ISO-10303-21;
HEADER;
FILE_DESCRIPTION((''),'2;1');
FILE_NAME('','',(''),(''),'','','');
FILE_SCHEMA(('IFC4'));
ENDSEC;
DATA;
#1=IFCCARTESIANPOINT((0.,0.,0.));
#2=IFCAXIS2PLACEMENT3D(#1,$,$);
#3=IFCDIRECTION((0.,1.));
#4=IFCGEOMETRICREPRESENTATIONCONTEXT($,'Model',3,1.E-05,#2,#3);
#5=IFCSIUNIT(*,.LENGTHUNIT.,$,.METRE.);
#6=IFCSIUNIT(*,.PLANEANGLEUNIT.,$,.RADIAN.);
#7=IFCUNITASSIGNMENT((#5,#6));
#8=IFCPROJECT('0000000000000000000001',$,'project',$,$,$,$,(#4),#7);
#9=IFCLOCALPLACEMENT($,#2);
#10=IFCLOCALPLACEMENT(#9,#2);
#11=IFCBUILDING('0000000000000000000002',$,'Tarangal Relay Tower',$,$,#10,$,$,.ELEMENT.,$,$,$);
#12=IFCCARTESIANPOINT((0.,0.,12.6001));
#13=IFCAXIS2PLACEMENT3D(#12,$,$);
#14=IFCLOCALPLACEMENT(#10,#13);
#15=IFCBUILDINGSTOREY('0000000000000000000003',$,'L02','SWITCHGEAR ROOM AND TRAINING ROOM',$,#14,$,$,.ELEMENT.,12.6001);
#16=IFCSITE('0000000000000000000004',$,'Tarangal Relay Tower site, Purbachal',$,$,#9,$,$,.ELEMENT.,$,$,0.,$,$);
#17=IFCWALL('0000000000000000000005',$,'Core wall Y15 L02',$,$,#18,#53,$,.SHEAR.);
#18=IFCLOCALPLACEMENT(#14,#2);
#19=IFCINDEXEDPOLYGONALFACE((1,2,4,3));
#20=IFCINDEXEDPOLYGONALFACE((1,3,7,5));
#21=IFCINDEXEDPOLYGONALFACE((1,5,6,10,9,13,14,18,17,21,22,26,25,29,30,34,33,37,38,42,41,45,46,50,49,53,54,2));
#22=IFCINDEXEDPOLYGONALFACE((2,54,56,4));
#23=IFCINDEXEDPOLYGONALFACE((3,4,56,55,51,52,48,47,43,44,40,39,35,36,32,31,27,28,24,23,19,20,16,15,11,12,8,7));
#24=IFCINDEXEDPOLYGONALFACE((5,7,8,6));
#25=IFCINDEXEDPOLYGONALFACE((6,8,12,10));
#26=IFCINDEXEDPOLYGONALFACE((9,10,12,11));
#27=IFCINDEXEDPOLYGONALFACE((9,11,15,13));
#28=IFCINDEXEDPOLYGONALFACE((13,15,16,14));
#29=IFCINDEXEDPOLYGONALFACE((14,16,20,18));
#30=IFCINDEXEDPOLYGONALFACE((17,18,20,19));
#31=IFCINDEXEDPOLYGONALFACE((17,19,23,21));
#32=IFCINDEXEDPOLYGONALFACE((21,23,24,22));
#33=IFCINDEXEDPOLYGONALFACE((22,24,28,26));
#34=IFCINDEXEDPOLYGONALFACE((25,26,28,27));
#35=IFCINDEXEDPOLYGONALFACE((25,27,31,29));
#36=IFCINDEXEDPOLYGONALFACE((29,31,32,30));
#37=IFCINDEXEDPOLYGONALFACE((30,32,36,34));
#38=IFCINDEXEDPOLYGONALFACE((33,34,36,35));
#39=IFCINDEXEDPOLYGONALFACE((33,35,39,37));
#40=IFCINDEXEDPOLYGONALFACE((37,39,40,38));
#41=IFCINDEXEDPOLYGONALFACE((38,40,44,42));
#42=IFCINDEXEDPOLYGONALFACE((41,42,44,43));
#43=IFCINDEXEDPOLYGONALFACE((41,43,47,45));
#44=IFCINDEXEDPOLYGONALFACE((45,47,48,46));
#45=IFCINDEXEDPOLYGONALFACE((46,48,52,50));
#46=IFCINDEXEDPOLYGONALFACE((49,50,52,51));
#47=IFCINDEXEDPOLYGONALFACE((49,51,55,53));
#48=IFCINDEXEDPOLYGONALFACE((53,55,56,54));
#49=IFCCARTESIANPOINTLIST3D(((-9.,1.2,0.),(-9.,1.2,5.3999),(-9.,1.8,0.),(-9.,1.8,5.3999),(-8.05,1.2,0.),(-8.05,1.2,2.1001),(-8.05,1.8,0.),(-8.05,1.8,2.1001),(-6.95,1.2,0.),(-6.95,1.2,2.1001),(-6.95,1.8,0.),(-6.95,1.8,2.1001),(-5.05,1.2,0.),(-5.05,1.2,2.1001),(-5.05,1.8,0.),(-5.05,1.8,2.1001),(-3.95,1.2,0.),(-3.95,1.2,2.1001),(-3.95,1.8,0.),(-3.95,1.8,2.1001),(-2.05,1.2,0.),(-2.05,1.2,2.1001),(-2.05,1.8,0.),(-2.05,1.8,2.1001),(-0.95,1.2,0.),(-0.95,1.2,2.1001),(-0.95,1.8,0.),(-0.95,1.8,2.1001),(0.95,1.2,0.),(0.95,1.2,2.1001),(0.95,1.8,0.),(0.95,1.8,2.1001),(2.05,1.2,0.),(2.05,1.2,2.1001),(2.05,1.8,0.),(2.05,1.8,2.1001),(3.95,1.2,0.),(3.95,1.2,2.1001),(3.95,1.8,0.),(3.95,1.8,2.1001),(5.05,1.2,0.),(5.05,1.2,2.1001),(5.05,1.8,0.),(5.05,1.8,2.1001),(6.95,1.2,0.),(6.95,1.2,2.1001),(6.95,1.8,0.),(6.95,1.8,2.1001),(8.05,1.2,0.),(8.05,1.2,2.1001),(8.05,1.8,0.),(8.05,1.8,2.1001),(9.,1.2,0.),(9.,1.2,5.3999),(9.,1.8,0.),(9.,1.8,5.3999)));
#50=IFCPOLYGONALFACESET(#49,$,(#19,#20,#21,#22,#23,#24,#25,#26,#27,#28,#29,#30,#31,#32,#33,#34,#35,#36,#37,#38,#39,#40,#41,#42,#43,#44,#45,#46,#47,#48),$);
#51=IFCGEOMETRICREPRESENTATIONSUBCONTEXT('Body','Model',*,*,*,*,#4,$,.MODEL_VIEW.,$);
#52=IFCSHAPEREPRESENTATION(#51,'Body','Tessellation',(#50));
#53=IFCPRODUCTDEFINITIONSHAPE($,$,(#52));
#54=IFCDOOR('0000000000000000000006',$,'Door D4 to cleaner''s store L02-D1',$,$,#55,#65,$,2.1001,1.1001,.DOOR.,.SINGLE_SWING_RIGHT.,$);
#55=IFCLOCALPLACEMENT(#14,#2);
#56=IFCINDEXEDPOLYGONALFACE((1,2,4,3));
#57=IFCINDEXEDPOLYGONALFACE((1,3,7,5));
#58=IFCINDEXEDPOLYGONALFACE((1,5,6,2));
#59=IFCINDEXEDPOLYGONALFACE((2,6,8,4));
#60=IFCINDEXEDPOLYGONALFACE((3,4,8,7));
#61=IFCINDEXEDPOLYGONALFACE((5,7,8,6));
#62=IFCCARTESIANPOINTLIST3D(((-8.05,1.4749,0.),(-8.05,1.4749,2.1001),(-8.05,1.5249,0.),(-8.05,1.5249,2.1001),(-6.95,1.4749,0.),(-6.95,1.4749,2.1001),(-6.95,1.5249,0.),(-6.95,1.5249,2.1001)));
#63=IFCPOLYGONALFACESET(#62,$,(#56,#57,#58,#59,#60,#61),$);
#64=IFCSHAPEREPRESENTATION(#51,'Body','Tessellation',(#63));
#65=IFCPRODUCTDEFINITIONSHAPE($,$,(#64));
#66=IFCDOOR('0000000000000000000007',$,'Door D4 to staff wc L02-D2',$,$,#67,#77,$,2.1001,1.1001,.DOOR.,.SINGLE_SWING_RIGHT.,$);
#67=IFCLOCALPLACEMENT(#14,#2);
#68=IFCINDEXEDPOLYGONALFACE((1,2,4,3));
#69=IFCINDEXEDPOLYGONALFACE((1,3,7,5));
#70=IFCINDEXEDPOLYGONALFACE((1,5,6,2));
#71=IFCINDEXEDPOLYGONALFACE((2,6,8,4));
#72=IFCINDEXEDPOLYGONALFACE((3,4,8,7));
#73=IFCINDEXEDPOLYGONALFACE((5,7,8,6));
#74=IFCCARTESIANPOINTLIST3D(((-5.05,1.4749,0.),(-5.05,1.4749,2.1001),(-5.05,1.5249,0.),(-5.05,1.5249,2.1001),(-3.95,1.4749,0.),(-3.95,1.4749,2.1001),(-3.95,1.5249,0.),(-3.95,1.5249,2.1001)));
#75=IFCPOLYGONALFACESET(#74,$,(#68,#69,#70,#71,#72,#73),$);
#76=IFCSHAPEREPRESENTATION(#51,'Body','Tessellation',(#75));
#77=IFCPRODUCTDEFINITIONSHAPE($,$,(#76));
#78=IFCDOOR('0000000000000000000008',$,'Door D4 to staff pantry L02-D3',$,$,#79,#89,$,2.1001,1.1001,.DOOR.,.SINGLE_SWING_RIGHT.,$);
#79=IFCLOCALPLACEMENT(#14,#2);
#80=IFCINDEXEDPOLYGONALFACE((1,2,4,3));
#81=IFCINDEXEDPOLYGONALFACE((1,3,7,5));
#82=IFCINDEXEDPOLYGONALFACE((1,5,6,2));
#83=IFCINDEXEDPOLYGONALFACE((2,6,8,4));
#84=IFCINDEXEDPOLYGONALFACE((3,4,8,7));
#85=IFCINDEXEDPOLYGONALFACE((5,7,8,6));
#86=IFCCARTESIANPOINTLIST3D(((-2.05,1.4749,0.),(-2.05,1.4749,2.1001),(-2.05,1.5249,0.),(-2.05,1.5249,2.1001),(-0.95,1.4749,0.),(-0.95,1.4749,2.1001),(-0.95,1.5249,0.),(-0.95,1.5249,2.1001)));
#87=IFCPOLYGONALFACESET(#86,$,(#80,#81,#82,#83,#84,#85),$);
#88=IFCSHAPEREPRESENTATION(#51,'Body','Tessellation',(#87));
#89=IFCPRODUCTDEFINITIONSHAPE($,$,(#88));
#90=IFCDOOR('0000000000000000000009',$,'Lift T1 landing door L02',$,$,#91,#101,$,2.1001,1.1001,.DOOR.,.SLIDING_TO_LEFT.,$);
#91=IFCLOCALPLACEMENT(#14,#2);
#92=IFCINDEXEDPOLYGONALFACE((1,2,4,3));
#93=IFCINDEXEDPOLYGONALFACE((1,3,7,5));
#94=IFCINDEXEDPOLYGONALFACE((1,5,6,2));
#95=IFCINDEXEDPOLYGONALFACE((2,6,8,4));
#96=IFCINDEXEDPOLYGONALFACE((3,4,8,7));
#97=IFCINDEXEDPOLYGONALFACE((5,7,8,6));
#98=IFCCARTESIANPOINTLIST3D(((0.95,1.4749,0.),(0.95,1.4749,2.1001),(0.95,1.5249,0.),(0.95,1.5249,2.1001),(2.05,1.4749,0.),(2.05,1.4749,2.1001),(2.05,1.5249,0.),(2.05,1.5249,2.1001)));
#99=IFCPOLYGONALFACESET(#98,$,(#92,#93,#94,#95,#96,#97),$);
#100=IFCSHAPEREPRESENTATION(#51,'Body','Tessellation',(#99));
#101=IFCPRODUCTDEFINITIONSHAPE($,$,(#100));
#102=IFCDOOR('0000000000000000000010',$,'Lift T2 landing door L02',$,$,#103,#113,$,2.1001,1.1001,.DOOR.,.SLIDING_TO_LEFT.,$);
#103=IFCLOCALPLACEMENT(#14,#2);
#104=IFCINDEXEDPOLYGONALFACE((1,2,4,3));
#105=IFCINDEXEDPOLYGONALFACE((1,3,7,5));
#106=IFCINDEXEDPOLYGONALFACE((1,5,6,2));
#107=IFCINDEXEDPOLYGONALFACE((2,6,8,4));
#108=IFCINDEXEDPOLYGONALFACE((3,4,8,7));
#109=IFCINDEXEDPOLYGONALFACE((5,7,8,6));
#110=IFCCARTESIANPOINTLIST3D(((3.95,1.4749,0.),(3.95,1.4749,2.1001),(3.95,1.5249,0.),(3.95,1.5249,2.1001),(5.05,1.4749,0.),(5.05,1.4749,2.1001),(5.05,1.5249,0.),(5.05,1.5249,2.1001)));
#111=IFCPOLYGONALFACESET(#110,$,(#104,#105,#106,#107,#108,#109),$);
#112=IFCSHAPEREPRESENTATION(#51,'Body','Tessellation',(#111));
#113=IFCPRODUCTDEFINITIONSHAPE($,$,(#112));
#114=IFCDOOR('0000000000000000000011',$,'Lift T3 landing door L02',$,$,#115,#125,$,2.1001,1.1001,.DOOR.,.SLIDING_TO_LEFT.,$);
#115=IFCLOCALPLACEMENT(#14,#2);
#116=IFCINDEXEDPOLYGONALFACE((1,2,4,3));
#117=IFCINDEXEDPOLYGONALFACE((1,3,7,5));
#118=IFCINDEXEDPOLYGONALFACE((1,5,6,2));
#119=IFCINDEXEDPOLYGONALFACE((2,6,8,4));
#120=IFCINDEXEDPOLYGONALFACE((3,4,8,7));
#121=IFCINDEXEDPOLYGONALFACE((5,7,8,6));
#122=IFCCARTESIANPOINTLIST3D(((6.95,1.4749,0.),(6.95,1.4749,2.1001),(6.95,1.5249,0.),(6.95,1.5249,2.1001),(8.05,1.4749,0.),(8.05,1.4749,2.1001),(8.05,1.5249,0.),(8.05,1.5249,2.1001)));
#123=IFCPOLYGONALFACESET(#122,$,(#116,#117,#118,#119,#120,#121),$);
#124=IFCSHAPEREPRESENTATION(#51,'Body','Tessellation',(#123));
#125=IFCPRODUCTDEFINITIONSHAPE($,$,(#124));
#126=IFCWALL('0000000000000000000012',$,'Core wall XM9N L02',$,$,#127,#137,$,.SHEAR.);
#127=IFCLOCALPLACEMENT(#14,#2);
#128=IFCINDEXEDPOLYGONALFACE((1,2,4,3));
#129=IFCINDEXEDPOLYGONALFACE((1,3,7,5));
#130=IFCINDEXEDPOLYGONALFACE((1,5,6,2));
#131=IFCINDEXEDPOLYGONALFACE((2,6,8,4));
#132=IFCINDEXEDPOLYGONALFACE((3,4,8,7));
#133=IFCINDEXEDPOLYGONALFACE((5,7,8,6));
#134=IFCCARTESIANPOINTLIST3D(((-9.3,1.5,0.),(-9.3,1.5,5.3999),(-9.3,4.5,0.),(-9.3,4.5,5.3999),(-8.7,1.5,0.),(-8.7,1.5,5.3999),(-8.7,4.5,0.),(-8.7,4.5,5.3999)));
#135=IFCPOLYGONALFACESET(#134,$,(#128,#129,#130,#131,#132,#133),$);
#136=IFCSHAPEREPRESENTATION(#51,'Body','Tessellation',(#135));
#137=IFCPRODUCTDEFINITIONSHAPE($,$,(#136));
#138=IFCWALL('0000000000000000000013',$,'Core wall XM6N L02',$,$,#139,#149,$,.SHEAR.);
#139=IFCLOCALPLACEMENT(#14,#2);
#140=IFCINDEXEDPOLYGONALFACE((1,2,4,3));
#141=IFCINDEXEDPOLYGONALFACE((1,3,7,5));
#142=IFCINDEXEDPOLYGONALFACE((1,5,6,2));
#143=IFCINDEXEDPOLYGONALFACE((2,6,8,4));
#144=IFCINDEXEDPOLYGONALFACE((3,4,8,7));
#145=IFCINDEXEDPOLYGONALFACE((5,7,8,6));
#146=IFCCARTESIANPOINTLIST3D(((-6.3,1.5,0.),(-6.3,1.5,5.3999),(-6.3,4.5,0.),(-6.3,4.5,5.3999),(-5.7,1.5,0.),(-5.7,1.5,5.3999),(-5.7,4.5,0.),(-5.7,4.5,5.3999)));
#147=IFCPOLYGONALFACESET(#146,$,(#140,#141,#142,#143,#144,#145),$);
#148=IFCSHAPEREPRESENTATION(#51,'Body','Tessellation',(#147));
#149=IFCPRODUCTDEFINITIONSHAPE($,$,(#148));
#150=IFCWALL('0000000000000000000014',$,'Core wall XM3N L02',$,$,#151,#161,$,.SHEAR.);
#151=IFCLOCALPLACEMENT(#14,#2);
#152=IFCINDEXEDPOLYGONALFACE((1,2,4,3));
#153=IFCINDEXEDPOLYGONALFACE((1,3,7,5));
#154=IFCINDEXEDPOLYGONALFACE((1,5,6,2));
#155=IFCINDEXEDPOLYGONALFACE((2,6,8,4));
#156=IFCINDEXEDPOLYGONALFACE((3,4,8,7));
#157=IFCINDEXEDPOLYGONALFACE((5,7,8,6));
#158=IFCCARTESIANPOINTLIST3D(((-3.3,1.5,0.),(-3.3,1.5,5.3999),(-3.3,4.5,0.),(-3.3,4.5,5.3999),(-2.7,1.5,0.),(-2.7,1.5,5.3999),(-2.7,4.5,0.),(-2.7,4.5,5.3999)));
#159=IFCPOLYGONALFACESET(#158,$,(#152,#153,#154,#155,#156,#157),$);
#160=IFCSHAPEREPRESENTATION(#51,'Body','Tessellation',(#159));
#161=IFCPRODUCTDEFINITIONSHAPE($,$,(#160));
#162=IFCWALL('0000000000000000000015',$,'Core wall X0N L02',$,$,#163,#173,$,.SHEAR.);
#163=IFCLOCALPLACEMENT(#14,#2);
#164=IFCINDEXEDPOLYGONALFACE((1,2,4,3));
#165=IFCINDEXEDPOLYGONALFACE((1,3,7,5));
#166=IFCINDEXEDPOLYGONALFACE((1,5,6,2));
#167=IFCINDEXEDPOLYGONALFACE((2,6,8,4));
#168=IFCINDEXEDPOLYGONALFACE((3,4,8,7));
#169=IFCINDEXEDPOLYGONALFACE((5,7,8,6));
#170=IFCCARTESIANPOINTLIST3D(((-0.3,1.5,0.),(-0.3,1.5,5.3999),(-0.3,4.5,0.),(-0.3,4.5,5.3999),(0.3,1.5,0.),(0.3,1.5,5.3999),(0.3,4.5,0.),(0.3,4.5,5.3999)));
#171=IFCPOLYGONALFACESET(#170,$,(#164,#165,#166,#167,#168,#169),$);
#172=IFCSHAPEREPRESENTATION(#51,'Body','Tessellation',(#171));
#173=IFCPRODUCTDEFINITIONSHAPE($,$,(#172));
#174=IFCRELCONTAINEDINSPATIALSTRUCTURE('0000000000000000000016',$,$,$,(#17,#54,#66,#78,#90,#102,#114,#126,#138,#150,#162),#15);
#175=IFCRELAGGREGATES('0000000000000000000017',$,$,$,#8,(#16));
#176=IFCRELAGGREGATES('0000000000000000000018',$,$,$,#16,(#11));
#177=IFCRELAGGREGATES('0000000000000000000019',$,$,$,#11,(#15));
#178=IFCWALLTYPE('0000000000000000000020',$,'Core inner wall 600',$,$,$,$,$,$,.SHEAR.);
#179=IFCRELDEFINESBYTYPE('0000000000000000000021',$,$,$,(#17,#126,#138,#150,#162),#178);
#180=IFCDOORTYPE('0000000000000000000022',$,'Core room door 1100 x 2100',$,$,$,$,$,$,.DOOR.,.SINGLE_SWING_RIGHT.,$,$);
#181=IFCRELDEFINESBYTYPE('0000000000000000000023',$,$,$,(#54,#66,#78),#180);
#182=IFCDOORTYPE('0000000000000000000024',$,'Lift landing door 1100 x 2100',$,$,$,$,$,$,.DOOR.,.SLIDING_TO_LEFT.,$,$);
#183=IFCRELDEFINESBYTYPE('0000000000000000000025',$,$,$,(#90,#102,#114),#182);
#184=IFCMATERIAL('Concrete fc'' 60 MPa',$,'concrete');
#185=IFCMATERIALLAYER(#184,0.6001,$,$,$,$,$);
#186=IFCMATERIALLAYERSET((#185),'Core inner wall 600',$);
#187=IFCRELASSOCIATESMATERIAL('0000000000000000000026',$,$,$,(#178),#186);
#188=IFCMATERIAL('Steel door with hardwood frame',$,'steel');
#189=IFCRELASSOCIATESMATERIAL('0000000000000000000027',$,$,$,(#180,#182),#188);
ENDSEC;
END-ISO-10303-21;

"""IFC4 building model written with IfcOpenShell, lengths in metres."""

from ifc_helpers import new_model, si_unit, direction, frame, frame_2d, origin, place, context, subcontext, project, spatial, rectangle, extrude, material, layer, layer_set, type_object, element, fill, save


model = new_model("IFC4")

# Units and contexts
model_context = context("Model", 3, precision=1e-05, world=origin(), true_north=direction((0.0, 1.0)))
body_context = subcontext(model_context, "Body", "Model", "MODEL_VIEW")
ifc_project = project(units=[si_unit("LENGTHUNIT", "METRE"), si_unit("PLANEANGLEUNIT", "RADIAN")], contexts=[model_context])

# Site, building, storey
site_placement = place(None, origin())
site = spatial("IfcSite", under=ifc_project, at=site_placement, Name="Tarangal Relay Tower site, Purbachal", CompositionType="ELEMENT", RefElevation=0.0)
building_placement = place(site_placement, origin())
building = spatial("IfcBuilding", under=site, at=building_placement, Name="Tarangal Relay Tower", CompositionType="ELEMENT")
storey_placement = place(building_placement, frame((0.0, 0.0, 12.6001)))
storey = spatial("IfcBuildingStorey", under=building, at=storey_placement, Name="L02", Description="SWITCHGEAR ROOM AND TRAINING ROOM", CompositionType="ELEMENT", Elevation=12.6001)

# Wall, openings, doors
ifc_material_1 = material(Name="Concrete fc' 60 MPa", Category="concrete")
ifc_layer_1 = layer(ifc_material_1, 0.6001)
ifc_layer_set_1 = layer_set([ifc_layer_1], Name="Core inner wall 600")
wall_type = type_object("IfcWallType", Name="Core inner wall 600", PredefinedType="SHEAR", material=ifc_layer_set_1)
wall_1_placement = place(storey_placement, frame((-9.0, 1.5, 0.0), z_axis=(0.0, 0.0, 1.0), x_axis=(1.0, 0.0, 0.0)))
wall_1 = element("IfcWall", 1, at=wall_1_placement, inside=storey, type_object=wall_type, Name="Core wall Y15 L02", PredefinedType="SHEAR", context=body_context, shape_type="SweptSolid", body=[
    extrude(rectangle(XDim=18.0, YDim=0.6001, at=frame_2d((9.0, 0.0))), origin(), (0.0, 0.0, 1.0), 5.3999),
])
opening_1_placement = place(wall_1_placement, frame((9.95, 0.0, 0.0)))
opening_1 = element("IfcOpeningElement", 2, at=opening_1_placement, cuts=wall_1, PredefinedType="OPENING", context=body_context, shape_type="SweptSolid", body=[
    extrude(rectangle(XDim=1.1001, YDim=2.1001, at=frame_2d((0.55, 1.05))), frame((0.0, 0.3101, 0.0), z_axis=(0.0, -1.0, 0.0), x_axis=(1.0, 0.0, 0.0)), (0.0, 0.0, 1.0), 0.6201),
])
opening_2_placement = place(wall_1_placement, frame((12.95, 0.0, 0.0)))
opening_2 = element("IfcOpeningElement", 3, at=opening_2_placement, cuts=wall_1, PredefinedType="OPENING", context=body_context, shape_type="SweptSolid", body=[
    extrude(rectangle(XDim=1.1001, YDim=2.1001, at=frame_2d((0.55, 1.05))), frame((0.0, 0.3101, 0.0), z_axis=(0.0, -1.0, 0.0), x_axis=(1.0, 0.0, 0.0)), (0.0, 0.0, 1.0), 0.6201),
])
opening_3_placement = place(wall_1_placement, frame((15.95, 0.0, 0.0)))
opening_3 = element("IfcOpeningElement", 4, at=opening_3_placement, cuts=wall_1, PredefinedType="OPENING", context=body_context, shape_type="SweptSolid", body=[
    extrude(rectangle(XDim=1.1001, YDim=2.1001, at=frame_2d((0.55, 1.05))), frame((0.0, 0.3101, 0.0), z_axis=(0.0, -1.0, 0.0), x_axis=(1.0, 0.0, 0.0)), (0.0, 0.0, 1.0), 0.6201),
])
opening_4_placement = place(wall_1_placement, frame((0.95, 0.0, 0.0)))
opening_4 = element("IfcOpeningElement", 5, at=opening_4_placement, cuts=wall_1, PredefinedType="OPENING", context=body_context, shape_type="SweptSolid", body=[
    extrude(rectangle(XDim=1.1001, YDim=2.1001, at=frame_2d((0.55, 1.05))), frame((0.0, 0.3101, 0.0), z_axis=(0.0, -1.0, 0.0), x_axis=(1.0, 0.0, 0.0)), (0.0, 0.0, 1.0), 0.6201),
])
opening_5_placement = place(wall_1_placement, frame((3.95, 0.0, 0.0)))
opening_5 = element("IfcOpeningElement", 6, at=opening_5_placement, cuts=wall_1, PredefinedType="OPENING", context=body_context, shape_type="SweptSolid", body=[
    extrude(rectangle(XDim=1.1001, YDim=2.1001, at=frame_2d((0.55, 1.05))), frame((0.0, 0.3101, 0.0), z_axis=(0.0, -1.0, 0.0), x_axis=(1.0, 0.0, 0.0)), (0.0, 0.0, 1.0), 0.6201),
])
opening_6_placement = place(wall_1_placement, frame((6.95, 0.0, 0.0)))
opening_6 = element("IfcOpeningElement", 7, at=opening_6_placement, cuts=wall_1, PredefinedType="OPENING", context=body_context, shape_type="SweptSolid", body=[
    extrude(rectangle(XDim=1.1001, YDim=2.1001, at=frame_2d((0.55, 1.05))), frame((0.0, 0.3101, 0.0), z_axis=(0.0, -1.0, 0.0), x_axis=(1.0, 0.0, 0.0)), (0.0, 0.0, 1.0), 0.6201),
])
ifc_material_2 = material(Name="Steel door with hardwood frame", Category="steel")
door_type_1 = type_object("IfcDoorType", Name="Core room door 1100 x 2100", OperationType="SINGLE_SWING_RIGHT", PredefinedType="DOOR", material=ifc_material_2)
door_1_placement = place(opening_4_placement, origin())
door_1 = element("IfcDoor", 8, at=door_1_placement, inside=storey, type_object=door_type_1, Name="Door D4 to cleaner's store L02-D1", OperationType="SINGLE_SWING_RIGHT", OverallHeight=2.1001, OverallWidth=1.1001, PredefinedType="DOOR", context=body_context, shape_type="SweptSolid", body=[
    extrude(rectangle(XDim=1.1001, YDim=2.1001, at=frame_2d((0.55, 1.05))), frame((0.0, 0.0249, 0.0), z_axis=(0.0, -1.0, 0.0), x_axis=(1.0, 0.0, 0.0)), (0.0, 0.0, 1.0), 0.05),
])
fill(opening_4, door_1)
door_2_placement = place(opening_5_placement, origin())
door_2 = element("IfcDoor", 9, at=door_2_placement, inside=storey, type_object=door_type_1, Name="Door D4 to staff wc L02-D2", OperationType="SINGLE_SWING_RIGHT", OverallHeight=2.1001, OverallWidth=1.1001, PredefinedType="DOOR", context=body_context, shape_type="SweptSolid", body=[
    extrude(rectangle(XDim=1.1001, YDim=2.1001, at=frame_2d((0.55, 1.05))), frame((0.0, 0.0249, 0.0), z_axis=(0.0, -1.0, 0.0), x_axis=(1.0, 0.0, 0.0)), (0.0, 0.0, 1.0), 0.05),
])
fill(opening_5, door_2)
door_3_placement = place(opening_6_placement, origin())
door_3 = element("IfcDoor", 10, at=door_3_placement, inside=storey, type_object=door_type_1, Name="Door D4 to staff pantry L02-D3", OperationType="SINGLE_SWING_RIGHT", OverallHeight=2.1001, OverallWidth=1.1001, PredefinedType="DOOR", context=body_context, shape_type="SweptSolid", body=[
    extrude(rectangle(XDim=1.1001, YDim=2.1001, at=frame_2d((0.55, 1.05))), frame((0.0, 0.0249, 0.0), z_axis=(0.0, -1.0, 0.0), x_axis=(1.0, 0.0, 0.0)), (0.0, 0.0, 1.0), 0.05),
])
fill(opening_6, door_3)
door_type_2 = type_object("IfcDoorType", Name="Lift landing door 1100 x 2100", OperationType="SLIDING_TO_LEFT", PredefinedType="DOOR", material=ifc_material_2)
door_4_placement = place(opening_1_placement, origin())
door_4 = element("IfcDoor", 11, at=door_4_placement, inside=storey, type_object=door_type_2, Name="Lift T1 landing door L02", OperationType="SLIDING_TO_LEFT", OverallHeight=2.1001, OverallWidth=1.1001, PredefinedType="DOOR", context=body_context, shape_type="SweptSolid", body=[
    extrude(rectangle(XDim=1.1001, YDim=2.1001, at=frame_2d((0.55, 1.05))), frame((0.0, 0.0249, 0.0), z_axis=(0.0, -1.0, 0.0), x_axis=(1.0, 0.0, 0.0)), (0.0, 0.0, 1.0), 0.05),
])
fill(opening_1, door_4)
door_5_placement = place(opening_2_placement, origin())
door_5 = element("IfcDoor", 12, at=door_5_placement, inside=storey, type_object=door_type_2, Name="Lift T2 landing door L02", OperationType="SLIDING_TO_LEFT", OverallHeight=2.1001, OverallWidth=1.1001, PredefinedType="DOOR", context=body_context, shape_type="SweptSolid", body=[
    extrude(rectangle(XDim=1.1001, YDim=2.1001, at=frame_2d((0.55, 1.05))), frame((0.0, 0.0249, 0.0), z_axis=(0.0, -1.0, 0.0), x_axis=(1.0, 0.0, 0.0)), (0.0, 0.0, 1.0), 0.05),
])
fill(opening_2, door_5)
door_6_placement = place(opening_3_placement, origin())
door_6 = element("IfcDoor", 13, at=door_6_placement, inside=storey, type_object=door_type_2, Name="Lift T3 landing door L02", OperationType="SLIDING_TO_LEFT", OverallHeight=2.1001, OverallWidth=1.1001, PredefinedType="DOOR", context=body_context, shape_type="SweptSolid", body=[
    extrude(rectangle(XDim=1.1001, YDim=2.1001, at=frame_2d((0.55, 1.05))), frame((0.0, 0.0249, 0.0), z_axis=(0.0, -1.0, 0.0), x_axis=(1.0, 0.0, 0.0)), (0.0, 0.0, 1.0), 0.05),
])
fill(opening_3, door_6)

# Walls
for number, where, z_axis, x_axis, name in (
    (14, (-9.0, 1.5, 0.0), (0.0, 0.0, 1.0), (0.0, 1.0, 0.0), "Core wall XM9N L02"),
    (15, (-6.0, 1.5, 0.0), (0.0, 0.0, 1.0), (0.0, 1.0, 0.0), "Core wall XM6N L02"),
    (16, (-3.0, 1.5, 0.0), (0.0, 0.0, 1.0), (0.0, 1.0, 0.0), "Core wall XM3N L02"),
    (17, (0.0, 1.5, 0.0), (0.0, 0.0, 1.0), (0.0, 1.0, 0.0), "Core wall X0N L02"),
):
    element("IfcWall", number, at=place(storey_placement, frame(where, z_axis=z_axis, x_axis=x_axis)), inside=storey, type_object=wall_type, Name=name, PredefinedType="SHEAR", context=body_context, shape_type="SweptSolid", body=[
        extrude(rectangle(XDim=3.0, YDim=0.6001, at=frame_2d((1.5, 0.0))), origin(), (0.0, 0.0, 1.0), 5.3999),
    ])

save(model, "model.ifc")
